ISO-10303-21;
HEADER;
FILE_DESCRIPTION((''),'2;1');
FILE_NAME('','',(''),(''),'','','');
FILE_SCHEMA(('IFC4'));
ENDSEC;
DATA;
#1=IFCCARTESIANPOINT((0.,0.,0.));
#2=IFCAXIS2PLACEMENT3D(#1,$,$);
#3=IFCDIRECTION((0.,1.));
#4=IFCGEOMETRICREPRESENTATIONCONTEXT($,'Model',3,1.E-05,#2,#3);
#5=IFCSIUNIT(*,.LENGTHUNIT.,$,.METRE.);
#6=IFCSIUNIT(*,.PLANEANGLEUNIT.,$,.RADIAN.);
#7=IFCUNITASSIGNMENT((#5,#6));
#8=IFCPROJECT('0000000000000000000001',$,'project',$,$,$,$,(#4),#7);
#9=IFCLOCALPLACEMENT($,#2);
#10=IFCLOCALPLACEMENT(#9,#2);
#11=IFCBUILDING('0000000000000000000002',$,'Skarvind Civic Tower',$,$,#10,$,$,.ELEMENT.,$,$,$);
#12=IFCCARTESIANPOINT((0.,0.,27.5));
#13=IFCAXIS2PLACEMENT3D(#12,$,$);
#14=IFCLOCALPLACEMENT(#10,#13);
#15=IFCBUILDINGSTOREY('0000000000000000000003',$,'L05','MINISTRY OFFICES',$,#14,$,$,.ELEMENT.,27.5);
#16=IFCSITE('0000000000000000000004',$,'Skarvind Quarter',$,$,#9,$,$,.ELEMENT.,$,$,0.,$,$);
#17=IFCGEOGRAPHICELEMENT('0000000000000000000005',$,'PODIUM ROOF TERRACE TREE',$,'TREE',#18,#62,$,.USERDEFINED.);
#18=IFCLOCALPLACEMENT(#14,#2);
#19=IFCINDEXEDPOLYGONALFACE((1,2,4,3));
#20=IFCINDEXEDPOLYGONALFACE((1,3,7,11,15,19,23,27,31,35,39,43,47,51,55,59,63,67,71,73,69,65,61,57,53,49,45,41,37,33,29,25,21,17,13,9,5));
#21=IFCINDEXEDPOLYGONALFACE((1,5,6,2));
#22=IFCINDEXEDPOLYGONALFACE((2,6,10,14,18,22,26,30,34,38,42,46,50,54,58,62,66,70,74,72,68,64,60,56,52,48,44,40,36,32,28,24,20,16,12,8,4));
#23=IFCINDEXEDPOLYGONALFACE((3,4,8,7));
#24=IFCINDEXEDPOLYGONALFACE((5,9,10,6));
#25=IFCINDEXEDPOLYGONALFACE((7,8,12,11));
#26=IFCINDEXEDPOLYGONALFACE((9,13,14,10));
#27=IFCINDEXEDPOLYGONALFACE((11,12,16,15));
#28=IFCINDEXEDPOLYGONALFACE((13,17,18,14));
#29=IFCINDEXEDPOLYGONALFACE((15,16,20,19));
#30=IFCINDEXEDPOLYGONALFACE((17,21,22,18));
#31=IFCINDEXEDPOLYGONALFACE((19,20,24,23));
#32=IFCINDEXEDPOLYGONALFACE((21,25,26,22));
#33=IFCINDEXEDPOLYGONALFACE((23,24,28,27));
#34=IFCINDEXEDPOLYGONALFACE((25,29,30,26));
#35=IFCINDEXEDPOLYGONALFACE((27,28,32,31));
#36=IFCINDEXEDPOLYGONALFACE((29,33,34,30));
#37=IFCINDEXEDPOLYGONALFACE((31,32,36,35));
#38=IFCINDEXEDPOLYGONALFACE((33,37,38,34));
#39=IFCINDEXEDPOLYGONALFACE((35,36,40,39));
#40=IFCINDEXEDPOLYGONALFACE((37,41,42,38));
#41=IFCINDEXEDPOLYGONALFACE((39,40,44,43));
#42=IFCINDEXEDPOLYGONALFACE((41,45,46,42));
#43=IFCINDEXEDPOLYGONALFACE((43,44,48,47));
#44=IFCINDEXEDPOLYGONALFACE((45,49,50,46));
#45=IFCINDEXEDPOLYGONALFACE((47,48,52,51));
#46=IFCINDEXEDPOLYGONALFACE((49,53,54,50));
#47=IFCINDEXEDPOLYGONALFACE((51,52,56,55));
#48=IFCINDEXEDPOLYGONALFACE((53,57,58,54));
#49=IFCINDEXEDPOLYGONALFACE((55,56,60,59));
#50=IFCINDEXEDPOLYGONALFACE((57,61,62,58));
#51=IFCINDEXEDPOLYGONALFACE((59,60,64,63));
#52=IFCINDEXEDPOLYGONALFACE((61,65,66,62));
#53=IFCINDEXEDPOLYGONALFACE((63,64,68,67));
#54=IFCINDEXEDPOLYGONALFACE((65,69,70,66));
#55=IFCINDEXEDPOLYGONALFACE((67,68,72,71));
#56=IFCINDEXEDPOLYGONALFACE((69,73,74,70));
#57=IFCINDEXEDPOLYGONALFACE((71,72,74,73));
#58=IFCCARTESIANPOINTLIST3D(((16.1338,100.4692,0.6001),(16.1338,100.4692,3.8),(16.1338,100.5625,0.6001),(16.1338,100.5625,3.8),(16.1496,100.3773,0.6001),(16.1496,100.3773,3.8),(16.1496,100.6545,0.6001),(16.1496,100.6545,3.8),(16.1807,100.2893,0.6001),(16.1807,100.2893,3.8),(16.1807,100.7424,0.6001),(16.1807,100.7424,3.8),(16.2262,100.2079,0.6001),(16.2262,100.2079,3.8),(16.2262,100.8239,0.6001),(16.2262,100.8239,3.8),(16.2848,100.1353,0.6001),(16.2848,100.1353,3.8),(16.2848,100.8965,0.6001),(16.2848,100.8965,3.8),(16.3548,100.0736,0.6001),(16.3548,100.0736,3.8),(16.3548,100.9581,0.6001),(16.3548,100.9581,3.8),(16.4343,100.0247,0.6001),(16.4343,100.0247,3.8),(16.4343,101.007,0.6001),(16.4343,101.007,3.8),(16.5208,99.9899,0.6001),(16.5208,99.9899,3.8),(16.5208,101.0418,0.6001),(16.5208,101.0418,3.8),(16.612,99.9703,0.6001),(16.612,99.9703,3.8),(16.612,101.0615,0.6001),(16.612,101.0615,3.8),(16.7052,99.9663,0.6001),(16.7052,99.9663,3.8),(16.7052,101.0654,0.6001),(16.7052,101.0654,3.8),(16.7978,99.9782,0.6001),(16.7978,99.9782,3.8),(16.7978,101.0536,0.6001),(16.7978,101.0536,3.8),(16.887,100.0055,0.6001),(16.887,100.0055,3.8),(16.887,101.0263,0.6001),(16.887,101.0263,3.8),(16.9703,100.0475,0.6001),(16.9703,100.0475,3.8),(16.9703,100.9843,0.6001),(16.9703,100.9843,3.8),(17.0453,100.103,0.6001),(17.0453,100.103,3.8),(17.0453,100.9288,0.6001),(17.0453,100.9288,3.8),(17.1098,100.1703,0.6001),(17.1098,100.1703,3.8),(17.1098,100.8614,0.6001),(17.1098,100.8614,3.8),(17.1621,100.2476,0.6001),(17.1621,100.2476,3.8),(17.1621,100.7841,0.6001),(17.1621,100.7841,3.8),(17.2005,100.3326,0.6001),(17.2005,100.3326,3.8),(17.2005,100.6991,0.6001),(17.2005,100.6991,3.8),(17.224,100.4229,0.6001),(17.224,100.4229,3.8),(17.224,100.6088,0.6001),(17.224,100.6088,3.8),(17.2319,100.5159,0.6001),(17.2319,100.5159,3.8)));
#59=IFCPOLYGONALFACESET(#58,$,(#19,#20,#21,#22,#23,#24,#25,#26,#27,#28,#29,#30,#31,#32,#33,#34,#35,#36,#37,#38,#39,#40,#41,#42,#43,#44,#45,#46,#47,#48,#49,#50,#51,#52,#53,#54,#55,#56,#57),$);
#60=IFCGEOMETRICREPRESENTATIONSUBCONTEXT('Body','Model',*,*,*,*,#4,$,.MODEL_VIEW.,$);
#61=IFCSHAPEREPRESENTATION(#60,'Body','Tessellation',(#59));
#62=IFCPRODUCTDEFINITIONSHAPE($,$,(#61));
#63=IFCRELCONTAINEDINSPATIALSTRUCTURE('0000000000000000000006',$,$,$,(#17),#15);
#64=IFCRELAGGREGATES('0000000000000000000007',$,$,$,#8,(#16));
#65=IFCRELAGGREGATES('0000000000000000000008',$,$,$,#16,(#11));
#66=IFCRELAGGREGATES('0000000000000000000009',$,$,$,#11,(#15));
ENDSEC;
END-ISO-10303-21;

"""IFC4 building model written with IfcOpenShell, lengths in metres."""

from ifc_helpers import new_model, si_unit, direction, frame, origin, origin_2d, place, context, subcontext, project, spatial, circle, extrude, element, save


model = new_model("IFC4")

# Units and contexts
model_context = context("Model", 3, precision=1e-05, world=origin(), true_north=direction((0.0, 1.0)))
body_context = subcontext(model_context, "Body", "Model", "MODEL_VIEW")
ifc_project = project(units=[si_unit("LENGTHUNIT", "METRE"), si_unit("PLANEANGLEUNIT", "RADIAN")], contexts=[model_context])

# Site, building, storey
site_placement = place(None, origin())
site = spatial("IfcSite", under=ifc_project, at=site_placement, Name="Skarvind Quarter", CompositionType="ELEMENT", RefElevation=0.0)
building_placement = place(site_placement, origin())
building = spatial("IfcBuilding", under=site, at=building_placement, Name="Skarvind Civic Tower", CompositionType="ELEMENT")
storey_placement = place(building_placement, frame((0.0, 0.0, 27.5)))
storey = spatial("IfcBuildingStorey", under=building, at=storey_placement, Name="L05", Description="MINISTRY OFFICES", CompositionType="ELEMENT", Elevation=27.5)

# Geographic element
for number, where, z_axis, x_axis, name in (
    (1, (16.6819, 100.5159, 0.6001), (0.0, 0.0, 1.0), (1.0, 0.0, 0.0), "PODIUM ROOF TERRACE TREE"),
):
    element("IfcGeographicElement", number, at=place(storey_placement, frame(where, z_axis=z_axis, x_axis=x_axis)), inside=storey, Name=name, ObjectType="TREE", PredefinedType="USERDEFINED", context=body_context, shape_type="SweptSolid", body=[
        extrude(circle(Radius=0.55, at=origin_2d()), origin(), (0.0, 0.0, 1.0), 3.2),
    ])

save(model, "model.ifc")
